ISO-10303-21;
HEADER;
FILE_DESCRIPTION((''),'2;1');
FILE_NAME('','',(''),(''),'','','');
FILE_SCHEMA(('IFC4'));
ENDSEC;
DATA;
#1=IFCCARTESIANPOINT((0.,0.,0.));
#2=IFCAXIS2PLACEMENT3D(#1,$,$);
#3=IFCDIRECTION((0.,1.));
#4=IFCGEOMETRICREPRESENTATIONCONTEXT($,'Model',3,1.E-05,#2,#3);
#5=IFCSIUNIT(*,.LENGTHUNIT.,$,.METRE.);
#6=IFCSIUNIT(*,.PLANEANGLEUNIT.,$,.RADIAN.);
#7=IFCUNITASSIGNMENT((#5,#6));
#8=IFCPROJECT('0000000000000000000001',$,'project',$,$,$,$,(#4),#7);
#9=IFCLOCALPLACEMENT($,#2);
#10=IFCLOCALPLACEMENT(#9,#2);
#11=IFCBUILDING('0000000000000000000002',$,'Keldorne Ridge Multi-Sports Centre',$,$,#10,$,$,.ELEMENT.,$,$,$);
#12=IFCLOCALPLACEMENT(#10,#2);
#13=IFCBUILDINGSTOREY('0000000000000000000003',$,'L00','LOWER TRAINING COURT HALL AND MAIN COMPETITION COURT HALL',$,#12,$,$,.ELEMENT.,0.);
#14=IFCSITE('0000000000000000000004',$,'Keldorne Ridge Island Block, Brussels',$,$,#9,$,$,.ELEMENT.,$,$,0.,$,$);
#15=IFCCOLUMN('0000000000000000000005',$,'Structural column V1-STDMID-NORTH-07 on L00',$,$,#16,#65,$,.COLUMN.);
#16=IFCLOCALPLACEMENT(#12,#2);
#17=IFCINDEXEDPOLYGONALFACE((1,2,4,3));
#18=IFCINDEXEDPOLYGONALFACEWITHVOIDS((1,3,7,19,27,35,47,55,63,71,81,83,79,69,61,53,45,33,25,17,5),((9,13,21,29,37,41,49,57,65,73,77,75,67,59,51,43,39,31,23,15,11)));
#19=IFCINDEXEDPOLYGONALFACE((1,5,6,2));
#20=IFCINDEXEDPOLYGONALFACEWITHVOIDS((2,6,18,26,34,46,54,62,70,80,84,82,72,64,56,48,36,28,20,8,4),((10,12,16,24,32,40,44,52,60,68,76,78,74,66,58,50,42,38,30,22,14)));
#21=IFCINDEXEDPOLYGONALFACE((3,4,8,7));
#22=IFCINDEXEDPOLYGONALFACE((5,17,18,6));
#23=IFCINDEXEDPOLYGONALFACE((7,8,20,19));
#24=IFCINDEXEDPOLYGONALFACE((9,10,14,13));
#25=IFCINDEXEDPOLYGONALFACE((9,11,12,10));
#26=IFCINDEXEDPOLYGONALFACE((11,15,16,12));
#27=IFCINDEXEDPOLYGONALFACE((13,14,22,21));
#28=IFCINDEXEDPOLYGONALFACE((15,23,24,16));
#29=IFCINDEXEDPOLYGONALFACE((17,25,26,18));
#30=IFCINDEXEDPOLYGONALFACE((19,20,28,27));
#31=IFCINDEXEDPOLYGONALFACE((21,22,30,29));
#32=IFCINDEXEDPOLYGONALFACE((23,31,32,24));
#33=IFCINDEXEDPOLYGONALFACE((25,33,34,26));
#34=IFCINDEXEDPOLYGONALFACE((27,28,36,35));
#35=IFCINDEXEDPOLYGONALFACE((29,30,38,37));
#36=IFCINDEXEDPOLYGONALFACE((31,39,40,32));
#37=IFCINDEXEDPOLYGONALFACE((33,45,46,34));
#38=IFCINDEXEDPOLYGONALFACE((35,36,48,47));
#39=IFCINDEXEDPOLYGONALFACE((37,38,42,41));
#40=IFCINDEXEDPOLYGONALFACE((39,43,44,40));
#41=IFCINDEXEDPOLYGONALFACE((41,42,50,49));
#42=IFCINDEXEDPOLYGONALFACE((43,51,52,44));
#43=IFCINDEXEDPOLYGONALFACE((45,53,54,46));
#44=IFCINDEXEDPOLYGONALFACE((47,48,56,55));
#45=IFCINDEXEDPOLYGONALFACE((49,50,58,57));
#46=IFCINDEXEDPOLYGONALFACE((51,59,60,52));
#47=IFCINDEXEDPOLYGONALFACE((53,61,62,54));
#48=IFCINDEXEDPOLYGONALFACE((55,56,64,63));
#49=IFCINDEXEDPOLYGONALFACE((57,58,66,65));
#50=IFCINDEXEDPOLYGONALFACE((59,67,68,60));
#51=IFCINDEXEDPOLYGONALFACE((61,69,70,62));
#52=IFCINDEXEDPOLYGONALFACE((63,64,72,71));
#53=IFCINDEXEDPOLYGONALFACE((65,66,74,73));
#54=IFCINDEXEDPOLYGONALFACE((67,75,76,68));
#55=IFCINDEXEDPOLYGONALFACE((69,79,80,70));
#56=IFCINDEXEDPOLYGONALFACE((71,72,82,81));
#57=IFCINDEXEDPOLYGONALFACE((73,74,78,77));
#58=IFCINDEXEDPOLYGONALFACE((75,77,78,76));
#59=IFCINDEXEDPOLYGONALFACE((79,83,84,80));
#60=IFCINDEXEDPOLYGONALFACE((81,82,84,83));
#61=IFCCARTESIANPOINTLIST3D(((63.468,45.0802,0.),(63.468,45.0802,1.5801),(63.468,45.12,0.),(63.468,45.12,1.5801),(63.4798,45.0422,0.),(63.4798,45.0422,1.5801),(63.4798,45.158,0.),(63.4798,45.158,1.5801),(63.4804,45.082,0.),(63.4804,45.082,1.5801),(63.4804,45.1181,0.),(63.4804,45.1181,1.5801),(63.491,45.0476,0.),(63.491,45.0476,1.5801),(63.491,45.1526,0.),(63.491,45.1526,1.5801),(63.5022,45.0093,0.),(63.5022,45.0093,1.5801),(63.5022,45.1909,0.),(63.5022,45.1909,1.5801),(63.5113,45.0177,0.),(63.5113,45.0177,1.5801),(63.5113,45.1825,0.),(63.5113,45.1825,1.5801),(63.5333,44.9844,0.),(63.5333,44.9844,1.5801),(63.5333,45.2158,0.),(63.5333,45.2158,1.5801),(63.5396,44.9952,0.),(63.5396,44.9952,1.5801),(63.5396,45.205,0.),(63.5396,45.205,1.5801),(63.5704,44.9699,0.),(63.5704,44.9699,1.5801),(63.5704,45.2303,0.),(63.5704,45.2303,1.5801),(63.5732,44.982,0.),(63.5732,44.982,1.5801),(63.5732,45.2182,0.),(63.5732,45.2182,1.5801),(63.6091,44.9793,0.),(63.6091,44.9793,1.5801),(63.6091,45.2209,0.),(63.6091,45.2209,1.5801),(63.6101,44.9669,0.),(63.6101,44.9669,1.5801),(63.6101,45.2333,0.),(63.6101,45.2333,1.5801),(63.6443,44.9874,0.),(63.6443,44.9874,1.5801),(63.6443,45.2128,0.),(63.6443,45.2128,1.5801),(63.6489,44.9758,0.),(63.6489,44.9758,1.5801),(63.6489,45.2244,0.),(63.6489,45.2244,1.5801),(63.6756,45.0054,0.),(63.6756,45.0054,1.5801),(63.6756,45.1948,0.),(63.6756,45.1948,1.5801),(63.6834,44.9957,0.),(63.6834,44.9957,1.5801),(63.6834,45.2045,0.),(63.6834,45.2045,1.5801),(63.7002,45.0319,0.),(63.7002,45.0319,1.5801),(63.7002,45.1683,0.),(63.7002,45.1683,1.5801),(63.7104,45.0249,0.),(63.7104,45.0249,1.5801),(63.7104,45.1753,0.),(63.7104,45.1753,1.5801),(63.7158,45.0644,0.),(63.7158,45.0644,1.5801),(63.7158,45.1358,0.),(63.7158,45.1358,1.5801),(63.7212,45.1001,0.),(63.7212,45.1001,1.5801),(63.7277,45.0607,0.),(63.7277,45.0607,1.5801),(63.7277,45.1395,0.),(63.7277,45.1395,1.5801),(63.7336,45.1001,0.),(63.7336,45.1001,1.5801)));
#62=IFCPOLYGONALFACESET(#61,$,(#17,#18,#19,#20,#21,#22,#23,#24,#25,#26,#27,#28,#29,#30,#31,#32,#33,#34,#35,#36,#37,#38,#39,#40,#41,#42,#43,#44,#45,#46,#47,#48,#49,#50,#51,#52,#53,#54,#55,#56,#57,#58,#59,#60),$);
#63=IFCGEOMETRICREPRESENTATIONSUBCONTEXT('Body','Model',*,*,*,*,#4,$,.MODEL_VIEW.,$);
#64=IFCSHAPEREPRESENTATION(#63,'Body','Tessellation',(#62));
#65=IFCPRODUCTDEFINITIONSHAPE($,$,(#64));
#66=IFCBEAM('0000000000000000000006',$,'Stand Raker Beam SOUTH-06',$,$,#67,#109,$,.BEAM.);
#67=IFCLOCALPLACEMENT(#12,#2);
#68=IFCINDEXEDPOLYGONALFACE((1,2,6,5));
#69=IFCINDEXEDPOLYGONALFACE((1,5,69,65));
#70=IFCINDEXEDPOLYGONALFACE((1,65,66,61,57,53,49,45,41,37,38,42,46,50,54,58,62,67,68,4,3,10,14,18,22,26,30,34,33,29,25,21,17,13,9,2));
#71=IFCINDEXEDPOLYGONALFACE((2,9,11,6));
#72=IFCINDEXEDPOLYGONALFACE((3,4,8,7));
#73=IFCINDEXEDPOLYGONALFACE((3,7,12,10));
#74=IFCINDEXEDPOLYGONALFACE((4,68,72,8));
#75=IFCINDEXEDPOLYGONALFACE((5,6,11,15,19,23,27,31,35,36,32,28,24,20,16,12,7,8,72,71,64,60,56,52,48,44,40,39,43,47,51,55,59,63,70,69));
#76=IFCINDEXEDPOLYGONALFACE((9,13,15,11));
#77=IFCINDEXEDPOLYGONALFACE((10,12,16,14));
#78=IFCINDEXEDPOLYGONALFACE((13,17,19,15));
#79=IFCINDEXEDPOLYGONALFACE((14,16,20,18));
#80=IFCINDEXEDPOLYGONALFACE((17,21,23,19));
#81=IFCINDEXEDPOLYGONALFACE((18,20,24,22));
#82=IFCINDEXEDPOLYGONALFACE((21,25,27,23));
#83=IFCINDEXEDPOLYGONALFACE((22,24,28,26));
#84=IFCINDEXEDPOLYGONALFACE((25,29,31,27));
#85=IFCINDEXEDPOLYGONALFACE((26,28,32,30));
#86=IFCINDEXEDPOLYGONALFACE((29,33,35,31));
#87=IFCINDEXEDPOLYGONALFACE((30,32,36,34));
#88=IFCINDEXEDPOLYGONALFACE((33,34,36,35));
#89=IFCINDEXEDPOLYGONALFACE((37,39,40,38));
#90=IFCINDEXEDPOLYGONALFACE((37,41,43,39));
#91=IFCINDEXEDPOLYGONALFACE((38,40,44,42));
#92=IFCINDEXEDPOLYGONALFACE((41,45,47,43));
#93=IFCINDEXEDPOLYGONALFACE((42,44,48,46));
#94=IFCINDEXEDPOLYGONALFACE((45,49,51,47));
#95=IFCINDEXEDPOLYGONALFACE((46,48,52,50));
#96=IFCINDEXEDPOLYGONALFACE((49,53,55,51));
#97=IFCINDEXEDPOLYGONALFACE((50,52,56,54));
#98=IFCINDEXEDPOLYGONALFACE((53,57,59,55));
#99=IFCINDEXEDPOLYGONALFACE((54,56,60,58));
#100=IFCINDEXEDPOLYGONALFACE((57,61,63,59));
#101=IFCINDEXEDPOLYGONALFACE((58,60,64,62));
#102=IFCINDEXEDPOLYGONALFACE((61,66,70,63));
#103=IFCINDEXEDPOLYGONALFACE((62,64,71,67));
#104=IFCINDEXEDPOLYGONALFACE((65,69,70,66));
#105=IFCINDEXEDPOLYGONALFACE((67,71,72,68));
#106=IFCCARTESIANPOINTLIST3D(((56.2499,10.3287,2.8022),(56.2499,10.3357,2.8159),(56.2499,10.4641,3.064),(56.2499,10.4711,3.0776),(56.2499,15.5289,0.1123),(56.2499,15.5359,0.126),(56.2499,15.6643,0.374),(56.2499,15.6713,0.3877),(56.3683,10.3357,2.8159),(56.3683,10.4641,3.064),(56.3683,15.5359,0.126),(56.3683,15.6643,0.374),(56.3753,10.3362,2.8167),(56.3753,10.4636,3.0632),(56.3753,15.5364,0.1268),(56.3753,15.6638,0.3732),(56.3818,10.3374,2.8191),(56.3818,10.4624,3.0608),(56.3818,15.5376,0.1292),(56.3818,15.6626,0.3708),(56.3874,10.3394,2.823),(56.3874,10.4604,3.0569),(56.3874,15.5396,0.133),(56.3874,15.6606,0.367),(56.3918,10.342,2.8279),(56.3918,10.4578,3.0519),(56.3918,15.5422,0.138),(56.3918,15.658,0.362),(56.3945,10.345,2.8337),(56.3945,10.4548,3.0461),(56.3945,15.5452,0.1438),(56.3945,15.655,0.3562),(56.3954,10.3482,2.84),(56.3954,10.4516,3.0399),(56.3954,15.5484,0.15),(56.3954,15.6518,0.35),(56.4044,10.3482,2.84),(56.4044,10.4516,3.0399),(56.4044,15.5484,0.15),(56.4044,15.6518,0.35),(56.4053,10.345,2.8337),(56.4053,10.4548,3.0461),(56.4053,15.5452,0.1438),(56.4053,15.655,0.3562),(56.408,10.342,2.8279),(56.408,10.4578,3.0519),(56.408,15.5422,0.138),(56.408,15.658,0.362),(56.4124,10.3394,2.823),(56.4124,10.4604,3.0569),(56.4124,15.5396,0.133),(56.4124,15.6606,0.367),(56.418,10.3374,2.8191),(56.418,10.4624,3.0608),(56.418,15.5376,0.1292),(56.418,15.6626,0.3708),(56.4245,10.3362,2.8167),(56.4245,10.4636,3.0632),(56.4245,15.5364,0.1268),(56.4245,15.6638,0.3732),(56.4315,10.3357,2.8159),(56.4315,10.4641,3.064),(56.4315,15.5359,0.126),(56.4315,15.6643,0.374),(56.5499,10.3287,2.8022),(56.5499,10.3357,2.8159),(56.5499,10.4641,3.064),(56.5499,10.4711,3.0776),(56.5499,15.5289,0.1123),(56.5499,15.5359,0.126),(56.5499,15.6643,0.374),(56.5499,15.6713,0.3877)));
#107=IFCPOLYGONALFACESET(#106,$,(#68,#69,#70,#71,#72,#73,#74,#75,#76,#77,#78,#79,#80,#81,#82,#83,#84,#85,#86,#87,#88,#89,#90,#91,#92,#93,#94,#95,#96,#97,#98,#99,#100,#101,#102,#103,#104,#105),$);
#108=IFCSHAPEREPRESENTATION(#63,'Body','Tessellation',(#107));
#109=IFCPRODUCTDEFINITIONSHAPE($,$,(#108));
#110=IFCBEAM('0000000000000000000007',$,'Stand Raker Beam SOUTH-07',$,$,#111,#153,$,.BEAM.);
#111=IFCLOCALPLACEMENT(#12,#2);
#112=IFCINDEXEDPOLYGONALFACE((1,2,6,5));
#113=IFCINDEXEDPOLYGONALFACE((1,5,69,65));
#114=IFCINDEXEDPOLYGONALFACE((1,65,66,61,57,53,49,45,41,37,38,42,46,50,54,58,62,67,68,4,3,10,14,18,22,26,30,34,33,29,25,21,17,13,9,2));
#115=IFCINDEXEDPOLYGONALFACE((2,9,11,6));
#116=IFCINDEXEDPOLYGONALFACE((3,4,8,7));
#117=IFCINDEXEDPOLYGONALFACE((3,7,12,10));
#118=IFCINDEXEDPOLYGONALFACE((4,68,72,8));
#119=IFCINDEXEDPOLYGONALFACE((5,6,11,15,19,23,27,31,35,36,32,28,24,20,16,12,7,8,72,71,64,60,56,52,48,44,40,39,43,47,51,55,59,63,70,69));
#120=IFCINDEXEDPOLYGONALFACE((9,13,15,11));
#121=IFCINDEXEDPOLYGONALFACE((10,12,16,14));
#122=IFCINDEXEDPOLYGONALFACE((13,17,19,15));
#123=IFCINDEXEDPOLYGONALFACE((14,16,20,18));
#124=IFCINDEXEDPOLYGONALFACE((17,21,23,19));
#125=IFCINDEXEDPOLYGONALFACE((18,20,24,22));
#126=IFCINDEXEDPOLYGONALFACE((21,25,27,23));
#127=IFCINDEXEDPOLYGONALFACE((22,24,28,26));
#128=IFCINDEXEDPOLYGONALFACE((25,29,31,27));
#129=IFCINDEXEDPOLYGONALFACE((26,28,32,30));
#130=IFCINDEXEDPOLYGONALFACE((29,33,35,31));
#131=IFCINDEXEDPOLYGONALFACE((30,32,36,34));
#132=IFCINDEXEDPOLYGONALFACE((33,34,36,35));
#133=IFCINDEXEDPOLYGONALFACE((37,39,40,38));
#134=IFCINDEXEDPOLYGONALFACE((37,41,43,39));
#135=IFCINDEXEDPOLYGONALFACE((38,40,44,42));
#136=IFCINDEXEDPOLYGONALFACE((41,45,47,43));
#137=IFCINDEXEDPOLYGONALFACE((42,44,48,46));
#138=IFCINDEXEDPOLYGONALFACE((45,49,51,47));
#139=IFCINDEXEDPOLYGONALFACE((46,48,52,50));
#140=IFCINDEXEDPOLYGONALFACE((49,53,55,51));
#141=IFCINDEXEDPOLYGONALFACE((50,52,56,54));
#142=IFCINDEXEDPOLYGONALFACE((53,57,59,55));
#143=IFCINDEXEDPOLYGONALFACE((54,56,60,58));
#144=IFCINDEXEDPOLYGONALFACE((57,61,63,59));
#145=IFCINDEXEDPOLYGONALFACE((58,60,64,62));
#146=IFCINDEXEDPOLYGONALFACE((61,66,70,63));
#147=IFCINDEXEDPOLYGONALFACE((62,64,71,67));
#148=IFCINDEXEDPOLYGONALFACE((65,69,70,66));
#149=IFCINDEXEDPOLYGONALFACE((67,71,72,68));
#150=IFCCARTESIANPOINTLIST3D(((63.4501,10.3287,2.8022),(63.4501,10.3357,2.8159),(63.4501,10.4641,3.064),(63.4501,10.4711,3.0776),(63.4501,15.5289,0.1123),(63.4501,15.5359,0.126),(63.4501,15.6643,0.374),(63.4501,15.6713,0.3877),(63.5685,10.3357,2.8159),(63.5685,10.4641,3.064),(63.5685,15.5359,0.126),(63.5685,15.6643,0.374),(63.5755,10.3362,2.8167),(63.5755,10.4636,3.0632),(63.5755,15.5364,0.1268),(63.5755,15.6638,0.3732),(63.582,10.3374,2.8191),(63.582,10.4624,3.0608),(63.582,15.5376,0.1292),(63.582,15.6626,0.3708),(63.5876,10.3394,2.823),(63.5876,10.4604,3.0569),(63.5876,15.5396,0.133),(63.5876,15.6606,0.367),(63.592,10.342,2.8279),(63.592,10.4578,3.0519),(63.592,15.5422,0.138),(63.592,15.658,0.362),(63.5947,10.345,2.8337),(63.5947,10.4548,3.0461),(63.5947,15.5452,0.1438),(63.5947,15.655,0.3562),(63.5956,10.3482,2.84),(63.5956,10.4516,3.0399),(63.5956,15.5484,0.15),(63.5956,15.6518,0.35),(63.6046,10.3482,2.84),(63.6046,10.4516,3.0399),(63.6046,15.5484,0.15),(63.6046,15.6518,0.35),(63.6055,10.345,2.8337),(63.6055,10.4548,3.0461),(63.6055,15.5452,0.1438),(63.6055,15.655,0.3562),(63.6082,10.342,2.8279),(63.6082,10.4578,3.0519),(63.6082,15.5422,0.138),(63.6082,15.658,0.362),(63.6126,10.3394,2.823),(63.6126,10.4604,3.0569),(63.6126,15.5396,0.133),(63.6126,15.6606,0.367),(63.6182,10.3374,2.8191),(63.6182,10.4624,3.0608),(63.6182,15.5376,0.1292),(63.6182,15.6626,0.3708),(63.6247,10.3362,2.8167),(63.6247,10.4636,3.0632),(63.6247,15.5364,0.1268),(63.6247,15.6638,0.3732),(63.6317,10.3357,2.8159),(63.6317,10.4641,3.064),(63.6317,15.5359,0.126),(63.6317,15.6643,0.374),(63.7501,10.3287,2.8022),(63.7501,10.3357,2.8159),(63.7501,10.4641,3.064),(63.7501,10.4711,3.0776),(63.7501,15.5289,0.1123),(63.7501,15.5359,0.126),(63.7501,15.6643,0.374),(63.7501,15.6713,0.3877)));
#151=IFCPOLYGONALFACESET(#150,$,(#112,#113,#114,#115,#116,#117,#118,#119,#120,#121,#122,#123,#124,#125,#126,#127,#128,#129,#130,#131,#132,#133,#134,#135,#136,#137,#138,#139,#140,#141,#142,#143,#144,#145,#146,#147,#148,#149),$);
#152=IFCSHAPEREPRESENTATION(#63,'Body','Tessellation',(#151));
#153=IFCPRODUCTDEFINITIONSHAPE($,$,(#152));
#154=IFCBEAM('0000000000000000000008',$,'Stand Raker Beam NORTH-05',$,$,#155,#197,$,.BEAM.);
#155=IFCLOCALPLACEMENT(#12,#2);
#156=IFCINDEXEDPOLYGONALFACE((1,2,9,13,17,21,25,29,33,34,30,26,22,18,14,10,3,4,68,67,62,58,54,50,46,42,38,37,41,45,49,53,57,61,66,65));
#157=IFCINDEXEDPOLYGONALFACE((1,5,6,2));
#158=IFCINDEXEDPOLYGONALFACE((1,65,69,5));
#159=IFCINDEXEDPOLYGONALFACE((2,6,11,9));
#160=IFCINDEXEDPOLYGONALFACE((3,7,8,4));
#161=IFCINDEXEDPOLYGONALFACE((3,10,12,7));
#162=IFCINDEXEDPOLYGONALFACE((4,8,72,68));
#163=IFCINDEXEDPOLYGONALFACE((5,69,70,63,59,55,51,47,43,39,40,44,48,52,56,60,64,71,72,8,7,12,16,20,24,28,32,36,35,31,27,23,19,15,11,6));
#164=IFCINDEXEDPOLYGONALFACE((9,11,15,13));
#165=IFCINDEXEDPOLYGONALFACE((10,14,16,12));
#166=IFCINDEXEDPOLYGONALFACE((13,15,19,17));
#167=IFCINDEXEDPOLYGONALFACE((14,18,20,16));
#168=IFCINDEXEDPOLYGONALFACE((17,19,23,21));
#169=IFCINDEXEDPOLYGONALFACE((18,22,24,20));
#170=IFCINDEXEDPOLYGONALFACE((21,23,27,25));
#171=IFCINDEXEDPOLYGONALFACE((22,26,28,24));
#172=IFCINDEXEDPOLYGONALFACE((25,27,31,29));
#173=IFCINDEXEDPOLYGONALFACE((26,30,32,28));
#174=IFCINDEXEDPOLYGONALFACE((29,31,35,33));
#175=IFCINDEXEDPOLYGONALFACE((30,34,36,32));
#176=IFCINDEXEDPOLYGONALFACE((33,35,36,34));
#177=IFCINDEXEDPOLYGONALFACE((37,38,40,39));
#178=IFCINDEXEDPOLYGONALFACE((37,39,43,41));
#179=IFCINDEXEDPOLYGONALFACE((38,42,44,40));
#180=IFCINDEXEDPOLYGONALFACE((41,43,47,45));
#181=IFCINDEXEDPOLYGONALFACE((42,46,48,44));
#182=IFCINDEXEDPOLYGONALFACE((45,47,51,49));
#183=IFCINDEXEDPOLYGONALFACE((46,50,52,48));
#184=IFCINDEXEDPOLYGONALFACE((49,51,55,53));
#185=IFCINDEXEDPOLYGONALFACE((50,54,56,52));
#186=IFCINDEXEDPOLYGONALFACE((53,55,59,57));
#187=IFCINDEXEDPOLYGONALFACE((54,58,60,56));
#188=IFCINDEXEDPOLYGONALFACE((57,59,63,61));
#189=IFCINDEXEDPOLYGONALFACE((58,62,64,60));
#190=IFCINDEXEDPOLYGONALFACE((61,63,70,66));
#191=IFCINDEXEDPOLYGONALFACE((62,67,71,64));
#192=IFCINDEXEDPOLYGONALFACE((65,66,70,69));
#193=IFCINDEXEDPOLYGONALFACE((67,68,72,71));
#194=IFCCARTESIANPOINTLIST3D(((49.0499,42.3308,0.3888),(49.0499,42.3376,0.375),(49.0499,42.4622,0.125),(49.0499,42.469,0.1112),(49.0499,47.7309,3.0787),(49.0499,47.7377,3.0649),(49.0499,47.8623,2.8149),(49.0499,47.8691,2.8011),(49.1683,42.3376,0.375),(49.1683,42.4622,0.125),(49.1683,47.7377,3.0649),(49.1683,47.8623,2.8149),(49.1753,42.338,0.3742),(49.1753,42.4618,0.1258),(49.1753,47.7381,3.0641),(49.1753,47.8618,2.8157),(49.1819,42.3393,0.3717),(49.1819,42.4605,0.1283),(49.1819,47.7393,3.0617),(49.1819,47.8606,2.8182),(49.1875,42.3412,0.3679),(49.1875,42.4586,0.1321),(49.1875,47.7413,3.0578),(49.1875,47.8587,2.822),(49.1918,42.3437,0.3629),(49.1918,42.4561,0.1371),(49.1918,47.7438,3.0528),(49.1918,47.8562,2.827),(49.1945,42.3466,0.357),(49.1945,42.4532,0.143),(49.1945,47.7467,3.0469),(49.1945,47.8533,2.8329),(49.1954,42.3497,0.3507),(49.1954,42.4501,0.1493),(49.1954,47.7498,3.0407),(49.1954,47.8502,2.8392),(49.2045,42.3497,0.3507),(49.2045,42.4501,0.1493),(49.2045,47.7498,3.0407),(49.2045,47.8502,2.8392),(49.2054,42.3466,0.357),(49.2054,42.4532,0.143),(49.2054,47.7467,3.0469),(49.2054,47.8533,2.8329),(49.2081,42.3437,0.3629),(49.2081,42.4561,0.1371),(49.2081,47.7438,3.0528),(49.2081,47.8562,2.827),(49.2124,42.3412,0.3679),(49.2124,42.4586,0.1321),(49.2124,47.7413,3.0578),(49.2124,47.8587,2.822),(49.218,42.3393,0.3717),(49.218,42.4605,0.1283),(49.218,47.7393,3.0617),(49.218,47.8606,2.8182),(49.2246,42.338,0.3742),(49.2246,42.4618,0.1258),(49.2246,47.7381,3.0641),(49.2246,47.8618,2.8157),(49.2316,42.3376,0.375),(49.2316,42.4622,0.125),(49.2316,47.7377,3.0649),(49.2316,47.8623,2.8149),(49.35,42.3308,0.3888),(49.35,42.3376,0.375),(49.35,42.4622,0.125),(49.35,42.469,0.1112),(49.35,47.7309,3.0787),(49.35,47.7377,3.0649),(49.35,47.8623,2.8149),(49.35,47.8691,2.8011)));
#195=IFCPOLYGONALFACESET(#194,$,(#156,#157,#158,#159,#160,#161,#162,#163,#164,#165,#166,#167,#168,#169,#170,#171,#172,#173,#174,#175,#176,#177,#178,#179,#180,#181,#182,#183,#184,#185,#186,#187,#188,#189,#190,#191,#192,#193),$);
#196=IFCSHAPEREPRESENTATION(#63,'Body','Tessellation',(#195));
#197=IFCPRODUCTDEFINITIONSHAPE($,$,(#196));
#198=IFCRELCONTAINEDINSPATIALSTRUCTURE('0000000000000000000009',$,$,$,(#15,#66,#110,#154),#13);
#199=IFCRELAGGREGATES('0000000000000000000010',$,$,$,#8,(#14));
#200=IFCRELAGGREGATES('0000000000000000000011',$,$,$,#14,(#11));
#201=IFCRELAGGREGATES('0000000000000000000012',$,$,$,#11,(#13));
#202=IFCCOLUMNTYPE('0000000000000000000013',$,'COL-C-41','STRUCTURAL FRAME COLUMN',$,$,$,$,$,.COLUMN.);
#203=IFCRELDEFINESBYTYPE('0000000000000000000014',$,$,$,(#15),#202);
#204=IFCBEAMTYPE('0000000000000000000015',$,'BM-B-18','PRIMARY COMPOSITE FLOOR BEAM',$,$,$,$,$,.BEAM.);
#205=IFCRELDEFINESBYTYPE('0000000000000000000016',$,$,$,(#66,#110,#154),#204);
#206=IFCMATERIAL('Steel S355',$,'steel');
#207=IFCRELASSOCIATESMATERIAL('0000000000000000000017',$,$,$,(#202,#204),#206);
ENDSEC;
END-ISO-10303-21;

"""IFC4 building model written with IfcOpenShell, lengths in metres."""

from ifc_helpers import new_model, si_unit, direction, frame, origin, origin_2d, place, context, subcontext, project, spatial, hollow_circle, i_section, extrude, material, material_profile, profile_set, type_object, element, save


model = new_model("IFC4")

# Units and contexts
model_context = context("Model", 3, precision=1e-05, world=origin(), true_north=direction((0.0, 1.0)))
body_context = subcontext(model_context, "Body", "Model", "MODEL_VIEW")
ifc_project = project(units=[si_unit("LENGTHUNIT", "METRE"), si_unit("PLANEANGLEUNIT", "RADIAN")], contexts=[model_context])

# Site, building, storey
site_placement = place(None, origin())
site = spatial("IfcSite", under=ifc_project, at=site_placement, Name="Keldorne Ridge Island Block, Brussels", CompositionType="ELEMENT", RefElevation=0.0)
building_placement = place(site_placement, origin())
building = spatial("IfcBuilding", under=site, at=building_placement, Name="Keldorne Ridge Multi-Sports Centre", CompositionType="ELEMENT")
storey_placement = place(building_placement, origin())
storey = spatial("IfcBuildingStorey", under=building, at=storey_placement, Name="L00", Description="LOWER TRAINING COURT HALL AND MAIN COMPETITION COURT HALL", CompositionType="ELEMENT", Elevation=0.0)

# Column
ifc_material_1 = material(Name="Steel S355", Category="steel")
ifc_material_profile_1 = material_profile(ifc_material_1, hollow_circle(Radius=0.1335, WallThickness=0.0125, at=origin_2d()), Name="CHS 267x12.5")
ifc_profile_set_1 = profile_set([ifc_material_profile_1], Name="Steel S355")
column_type_1 = type_object("IfcColumnType", Name="COL-C-41", Description="STRUCTURAL FRAME COLUMN", PredefinedType="COLUMN", material=ifc_profile_set_1)
for number, where, z_axis, x_axis, name in (
    (1, (63.6001, 45.1001, 0.0), (0.0, 0.0, 1.0), (1.0, 0.0, 0.0), "Structural column V1-STDMID-NORTH-07 on L00"),
):
    element("IfcColumn", number, at=place(storey_placement, frame(where, z_axis=z_axis, x_axis=x_axis)), inside=storey, type_object=column_type_1, Name=name, PredefinedType="COLUMN", context=body_context, shape_type="SweptSolid", body=[
        extrude(hollow_circle(Radius=0.1335, WallThickness=0.0125, at=origin_2d()), origin(), (0.0, 0.0, 1.0), 1.5801),
    ])

# Beams
ifc_material_profile_2 = material_profile(ifc_material_1, i_section(OverallWidth=0.3, OverallDepth=0.3101, WebThickness=0.009, FlangeThickness=0.0154, FilletRadius=0.0271, at=origin_2d()), Name="HEA 320")
ifc_profile_set_2 = profile_set([ifc_material_profile_2], Name="Steel S355")
beam_type_1 = type_object("IfcBeamType", Name="BM-B-18", Description="PRIMARY COMPOSITE FLOOR BEAM", PredefinedType="BEAM", material=ifc_profile_set_2)
for number, where, z_axis, x_axis, name in (
    (2, (56.3999, 15.6001, 0.25), (0.0, -0.888205, 0.459448), (1.0, 0.0, 0.0), "Stand Raker Beam SOUTH-06"),
    (3, (63.6001, 15.6001, 0.25), (0.0, -0.888205, 0.459448), (1.0, 0.0, 0.0), "Stand Raker Beam SOUTH-07"),
):
    element("IfcBeam", number, at=place(storey_placement, frame(where, z_axis=z_axis, x_axis=x_axis)), inside=storey, type_object=beam_type_1, Name=name, PredefinedType="BEAM", context=body_context, shape_type="SweptSolid", body=[
        extrude(i_section(OverallWidth=0.3, OverallDepth=0.3101, WebThickness=0.009, FlangeThickness=0.0154, FilletRadius=0.0271, at=origin_2d()), origin(), (0.0, 0.0, 1.0), 5.8547),
    ])
for number, where, z_axis, x_axis, name in (
    (4, (49.2, 42.3999, 0.25), (0.0, 0.895098, 0.44587), (-1.0, 0.0, 0.0), "Stand Raker Beam NORTH-05"),
):
    element("IfcBeam", number, at=place(storey_placement, frame(where, z_axis=z_axis, x_axis=x_axis)), inside=storey, type_object=beam_type_1, Name=name, PredefinedType="BEAM", context=body_context, shape_type="SweptSolid", body=[
        extrude(i_section(OverallWidth=0.3, OverallDepth=0.3101, WebThickness=0.009, FlangeThickness=0.0154, FilletRadius=0.0271, at=origin_2d()), origin(), (0.0, 0.0, 1.0), 6.033),
    ])

save(model, "model.ifc")
